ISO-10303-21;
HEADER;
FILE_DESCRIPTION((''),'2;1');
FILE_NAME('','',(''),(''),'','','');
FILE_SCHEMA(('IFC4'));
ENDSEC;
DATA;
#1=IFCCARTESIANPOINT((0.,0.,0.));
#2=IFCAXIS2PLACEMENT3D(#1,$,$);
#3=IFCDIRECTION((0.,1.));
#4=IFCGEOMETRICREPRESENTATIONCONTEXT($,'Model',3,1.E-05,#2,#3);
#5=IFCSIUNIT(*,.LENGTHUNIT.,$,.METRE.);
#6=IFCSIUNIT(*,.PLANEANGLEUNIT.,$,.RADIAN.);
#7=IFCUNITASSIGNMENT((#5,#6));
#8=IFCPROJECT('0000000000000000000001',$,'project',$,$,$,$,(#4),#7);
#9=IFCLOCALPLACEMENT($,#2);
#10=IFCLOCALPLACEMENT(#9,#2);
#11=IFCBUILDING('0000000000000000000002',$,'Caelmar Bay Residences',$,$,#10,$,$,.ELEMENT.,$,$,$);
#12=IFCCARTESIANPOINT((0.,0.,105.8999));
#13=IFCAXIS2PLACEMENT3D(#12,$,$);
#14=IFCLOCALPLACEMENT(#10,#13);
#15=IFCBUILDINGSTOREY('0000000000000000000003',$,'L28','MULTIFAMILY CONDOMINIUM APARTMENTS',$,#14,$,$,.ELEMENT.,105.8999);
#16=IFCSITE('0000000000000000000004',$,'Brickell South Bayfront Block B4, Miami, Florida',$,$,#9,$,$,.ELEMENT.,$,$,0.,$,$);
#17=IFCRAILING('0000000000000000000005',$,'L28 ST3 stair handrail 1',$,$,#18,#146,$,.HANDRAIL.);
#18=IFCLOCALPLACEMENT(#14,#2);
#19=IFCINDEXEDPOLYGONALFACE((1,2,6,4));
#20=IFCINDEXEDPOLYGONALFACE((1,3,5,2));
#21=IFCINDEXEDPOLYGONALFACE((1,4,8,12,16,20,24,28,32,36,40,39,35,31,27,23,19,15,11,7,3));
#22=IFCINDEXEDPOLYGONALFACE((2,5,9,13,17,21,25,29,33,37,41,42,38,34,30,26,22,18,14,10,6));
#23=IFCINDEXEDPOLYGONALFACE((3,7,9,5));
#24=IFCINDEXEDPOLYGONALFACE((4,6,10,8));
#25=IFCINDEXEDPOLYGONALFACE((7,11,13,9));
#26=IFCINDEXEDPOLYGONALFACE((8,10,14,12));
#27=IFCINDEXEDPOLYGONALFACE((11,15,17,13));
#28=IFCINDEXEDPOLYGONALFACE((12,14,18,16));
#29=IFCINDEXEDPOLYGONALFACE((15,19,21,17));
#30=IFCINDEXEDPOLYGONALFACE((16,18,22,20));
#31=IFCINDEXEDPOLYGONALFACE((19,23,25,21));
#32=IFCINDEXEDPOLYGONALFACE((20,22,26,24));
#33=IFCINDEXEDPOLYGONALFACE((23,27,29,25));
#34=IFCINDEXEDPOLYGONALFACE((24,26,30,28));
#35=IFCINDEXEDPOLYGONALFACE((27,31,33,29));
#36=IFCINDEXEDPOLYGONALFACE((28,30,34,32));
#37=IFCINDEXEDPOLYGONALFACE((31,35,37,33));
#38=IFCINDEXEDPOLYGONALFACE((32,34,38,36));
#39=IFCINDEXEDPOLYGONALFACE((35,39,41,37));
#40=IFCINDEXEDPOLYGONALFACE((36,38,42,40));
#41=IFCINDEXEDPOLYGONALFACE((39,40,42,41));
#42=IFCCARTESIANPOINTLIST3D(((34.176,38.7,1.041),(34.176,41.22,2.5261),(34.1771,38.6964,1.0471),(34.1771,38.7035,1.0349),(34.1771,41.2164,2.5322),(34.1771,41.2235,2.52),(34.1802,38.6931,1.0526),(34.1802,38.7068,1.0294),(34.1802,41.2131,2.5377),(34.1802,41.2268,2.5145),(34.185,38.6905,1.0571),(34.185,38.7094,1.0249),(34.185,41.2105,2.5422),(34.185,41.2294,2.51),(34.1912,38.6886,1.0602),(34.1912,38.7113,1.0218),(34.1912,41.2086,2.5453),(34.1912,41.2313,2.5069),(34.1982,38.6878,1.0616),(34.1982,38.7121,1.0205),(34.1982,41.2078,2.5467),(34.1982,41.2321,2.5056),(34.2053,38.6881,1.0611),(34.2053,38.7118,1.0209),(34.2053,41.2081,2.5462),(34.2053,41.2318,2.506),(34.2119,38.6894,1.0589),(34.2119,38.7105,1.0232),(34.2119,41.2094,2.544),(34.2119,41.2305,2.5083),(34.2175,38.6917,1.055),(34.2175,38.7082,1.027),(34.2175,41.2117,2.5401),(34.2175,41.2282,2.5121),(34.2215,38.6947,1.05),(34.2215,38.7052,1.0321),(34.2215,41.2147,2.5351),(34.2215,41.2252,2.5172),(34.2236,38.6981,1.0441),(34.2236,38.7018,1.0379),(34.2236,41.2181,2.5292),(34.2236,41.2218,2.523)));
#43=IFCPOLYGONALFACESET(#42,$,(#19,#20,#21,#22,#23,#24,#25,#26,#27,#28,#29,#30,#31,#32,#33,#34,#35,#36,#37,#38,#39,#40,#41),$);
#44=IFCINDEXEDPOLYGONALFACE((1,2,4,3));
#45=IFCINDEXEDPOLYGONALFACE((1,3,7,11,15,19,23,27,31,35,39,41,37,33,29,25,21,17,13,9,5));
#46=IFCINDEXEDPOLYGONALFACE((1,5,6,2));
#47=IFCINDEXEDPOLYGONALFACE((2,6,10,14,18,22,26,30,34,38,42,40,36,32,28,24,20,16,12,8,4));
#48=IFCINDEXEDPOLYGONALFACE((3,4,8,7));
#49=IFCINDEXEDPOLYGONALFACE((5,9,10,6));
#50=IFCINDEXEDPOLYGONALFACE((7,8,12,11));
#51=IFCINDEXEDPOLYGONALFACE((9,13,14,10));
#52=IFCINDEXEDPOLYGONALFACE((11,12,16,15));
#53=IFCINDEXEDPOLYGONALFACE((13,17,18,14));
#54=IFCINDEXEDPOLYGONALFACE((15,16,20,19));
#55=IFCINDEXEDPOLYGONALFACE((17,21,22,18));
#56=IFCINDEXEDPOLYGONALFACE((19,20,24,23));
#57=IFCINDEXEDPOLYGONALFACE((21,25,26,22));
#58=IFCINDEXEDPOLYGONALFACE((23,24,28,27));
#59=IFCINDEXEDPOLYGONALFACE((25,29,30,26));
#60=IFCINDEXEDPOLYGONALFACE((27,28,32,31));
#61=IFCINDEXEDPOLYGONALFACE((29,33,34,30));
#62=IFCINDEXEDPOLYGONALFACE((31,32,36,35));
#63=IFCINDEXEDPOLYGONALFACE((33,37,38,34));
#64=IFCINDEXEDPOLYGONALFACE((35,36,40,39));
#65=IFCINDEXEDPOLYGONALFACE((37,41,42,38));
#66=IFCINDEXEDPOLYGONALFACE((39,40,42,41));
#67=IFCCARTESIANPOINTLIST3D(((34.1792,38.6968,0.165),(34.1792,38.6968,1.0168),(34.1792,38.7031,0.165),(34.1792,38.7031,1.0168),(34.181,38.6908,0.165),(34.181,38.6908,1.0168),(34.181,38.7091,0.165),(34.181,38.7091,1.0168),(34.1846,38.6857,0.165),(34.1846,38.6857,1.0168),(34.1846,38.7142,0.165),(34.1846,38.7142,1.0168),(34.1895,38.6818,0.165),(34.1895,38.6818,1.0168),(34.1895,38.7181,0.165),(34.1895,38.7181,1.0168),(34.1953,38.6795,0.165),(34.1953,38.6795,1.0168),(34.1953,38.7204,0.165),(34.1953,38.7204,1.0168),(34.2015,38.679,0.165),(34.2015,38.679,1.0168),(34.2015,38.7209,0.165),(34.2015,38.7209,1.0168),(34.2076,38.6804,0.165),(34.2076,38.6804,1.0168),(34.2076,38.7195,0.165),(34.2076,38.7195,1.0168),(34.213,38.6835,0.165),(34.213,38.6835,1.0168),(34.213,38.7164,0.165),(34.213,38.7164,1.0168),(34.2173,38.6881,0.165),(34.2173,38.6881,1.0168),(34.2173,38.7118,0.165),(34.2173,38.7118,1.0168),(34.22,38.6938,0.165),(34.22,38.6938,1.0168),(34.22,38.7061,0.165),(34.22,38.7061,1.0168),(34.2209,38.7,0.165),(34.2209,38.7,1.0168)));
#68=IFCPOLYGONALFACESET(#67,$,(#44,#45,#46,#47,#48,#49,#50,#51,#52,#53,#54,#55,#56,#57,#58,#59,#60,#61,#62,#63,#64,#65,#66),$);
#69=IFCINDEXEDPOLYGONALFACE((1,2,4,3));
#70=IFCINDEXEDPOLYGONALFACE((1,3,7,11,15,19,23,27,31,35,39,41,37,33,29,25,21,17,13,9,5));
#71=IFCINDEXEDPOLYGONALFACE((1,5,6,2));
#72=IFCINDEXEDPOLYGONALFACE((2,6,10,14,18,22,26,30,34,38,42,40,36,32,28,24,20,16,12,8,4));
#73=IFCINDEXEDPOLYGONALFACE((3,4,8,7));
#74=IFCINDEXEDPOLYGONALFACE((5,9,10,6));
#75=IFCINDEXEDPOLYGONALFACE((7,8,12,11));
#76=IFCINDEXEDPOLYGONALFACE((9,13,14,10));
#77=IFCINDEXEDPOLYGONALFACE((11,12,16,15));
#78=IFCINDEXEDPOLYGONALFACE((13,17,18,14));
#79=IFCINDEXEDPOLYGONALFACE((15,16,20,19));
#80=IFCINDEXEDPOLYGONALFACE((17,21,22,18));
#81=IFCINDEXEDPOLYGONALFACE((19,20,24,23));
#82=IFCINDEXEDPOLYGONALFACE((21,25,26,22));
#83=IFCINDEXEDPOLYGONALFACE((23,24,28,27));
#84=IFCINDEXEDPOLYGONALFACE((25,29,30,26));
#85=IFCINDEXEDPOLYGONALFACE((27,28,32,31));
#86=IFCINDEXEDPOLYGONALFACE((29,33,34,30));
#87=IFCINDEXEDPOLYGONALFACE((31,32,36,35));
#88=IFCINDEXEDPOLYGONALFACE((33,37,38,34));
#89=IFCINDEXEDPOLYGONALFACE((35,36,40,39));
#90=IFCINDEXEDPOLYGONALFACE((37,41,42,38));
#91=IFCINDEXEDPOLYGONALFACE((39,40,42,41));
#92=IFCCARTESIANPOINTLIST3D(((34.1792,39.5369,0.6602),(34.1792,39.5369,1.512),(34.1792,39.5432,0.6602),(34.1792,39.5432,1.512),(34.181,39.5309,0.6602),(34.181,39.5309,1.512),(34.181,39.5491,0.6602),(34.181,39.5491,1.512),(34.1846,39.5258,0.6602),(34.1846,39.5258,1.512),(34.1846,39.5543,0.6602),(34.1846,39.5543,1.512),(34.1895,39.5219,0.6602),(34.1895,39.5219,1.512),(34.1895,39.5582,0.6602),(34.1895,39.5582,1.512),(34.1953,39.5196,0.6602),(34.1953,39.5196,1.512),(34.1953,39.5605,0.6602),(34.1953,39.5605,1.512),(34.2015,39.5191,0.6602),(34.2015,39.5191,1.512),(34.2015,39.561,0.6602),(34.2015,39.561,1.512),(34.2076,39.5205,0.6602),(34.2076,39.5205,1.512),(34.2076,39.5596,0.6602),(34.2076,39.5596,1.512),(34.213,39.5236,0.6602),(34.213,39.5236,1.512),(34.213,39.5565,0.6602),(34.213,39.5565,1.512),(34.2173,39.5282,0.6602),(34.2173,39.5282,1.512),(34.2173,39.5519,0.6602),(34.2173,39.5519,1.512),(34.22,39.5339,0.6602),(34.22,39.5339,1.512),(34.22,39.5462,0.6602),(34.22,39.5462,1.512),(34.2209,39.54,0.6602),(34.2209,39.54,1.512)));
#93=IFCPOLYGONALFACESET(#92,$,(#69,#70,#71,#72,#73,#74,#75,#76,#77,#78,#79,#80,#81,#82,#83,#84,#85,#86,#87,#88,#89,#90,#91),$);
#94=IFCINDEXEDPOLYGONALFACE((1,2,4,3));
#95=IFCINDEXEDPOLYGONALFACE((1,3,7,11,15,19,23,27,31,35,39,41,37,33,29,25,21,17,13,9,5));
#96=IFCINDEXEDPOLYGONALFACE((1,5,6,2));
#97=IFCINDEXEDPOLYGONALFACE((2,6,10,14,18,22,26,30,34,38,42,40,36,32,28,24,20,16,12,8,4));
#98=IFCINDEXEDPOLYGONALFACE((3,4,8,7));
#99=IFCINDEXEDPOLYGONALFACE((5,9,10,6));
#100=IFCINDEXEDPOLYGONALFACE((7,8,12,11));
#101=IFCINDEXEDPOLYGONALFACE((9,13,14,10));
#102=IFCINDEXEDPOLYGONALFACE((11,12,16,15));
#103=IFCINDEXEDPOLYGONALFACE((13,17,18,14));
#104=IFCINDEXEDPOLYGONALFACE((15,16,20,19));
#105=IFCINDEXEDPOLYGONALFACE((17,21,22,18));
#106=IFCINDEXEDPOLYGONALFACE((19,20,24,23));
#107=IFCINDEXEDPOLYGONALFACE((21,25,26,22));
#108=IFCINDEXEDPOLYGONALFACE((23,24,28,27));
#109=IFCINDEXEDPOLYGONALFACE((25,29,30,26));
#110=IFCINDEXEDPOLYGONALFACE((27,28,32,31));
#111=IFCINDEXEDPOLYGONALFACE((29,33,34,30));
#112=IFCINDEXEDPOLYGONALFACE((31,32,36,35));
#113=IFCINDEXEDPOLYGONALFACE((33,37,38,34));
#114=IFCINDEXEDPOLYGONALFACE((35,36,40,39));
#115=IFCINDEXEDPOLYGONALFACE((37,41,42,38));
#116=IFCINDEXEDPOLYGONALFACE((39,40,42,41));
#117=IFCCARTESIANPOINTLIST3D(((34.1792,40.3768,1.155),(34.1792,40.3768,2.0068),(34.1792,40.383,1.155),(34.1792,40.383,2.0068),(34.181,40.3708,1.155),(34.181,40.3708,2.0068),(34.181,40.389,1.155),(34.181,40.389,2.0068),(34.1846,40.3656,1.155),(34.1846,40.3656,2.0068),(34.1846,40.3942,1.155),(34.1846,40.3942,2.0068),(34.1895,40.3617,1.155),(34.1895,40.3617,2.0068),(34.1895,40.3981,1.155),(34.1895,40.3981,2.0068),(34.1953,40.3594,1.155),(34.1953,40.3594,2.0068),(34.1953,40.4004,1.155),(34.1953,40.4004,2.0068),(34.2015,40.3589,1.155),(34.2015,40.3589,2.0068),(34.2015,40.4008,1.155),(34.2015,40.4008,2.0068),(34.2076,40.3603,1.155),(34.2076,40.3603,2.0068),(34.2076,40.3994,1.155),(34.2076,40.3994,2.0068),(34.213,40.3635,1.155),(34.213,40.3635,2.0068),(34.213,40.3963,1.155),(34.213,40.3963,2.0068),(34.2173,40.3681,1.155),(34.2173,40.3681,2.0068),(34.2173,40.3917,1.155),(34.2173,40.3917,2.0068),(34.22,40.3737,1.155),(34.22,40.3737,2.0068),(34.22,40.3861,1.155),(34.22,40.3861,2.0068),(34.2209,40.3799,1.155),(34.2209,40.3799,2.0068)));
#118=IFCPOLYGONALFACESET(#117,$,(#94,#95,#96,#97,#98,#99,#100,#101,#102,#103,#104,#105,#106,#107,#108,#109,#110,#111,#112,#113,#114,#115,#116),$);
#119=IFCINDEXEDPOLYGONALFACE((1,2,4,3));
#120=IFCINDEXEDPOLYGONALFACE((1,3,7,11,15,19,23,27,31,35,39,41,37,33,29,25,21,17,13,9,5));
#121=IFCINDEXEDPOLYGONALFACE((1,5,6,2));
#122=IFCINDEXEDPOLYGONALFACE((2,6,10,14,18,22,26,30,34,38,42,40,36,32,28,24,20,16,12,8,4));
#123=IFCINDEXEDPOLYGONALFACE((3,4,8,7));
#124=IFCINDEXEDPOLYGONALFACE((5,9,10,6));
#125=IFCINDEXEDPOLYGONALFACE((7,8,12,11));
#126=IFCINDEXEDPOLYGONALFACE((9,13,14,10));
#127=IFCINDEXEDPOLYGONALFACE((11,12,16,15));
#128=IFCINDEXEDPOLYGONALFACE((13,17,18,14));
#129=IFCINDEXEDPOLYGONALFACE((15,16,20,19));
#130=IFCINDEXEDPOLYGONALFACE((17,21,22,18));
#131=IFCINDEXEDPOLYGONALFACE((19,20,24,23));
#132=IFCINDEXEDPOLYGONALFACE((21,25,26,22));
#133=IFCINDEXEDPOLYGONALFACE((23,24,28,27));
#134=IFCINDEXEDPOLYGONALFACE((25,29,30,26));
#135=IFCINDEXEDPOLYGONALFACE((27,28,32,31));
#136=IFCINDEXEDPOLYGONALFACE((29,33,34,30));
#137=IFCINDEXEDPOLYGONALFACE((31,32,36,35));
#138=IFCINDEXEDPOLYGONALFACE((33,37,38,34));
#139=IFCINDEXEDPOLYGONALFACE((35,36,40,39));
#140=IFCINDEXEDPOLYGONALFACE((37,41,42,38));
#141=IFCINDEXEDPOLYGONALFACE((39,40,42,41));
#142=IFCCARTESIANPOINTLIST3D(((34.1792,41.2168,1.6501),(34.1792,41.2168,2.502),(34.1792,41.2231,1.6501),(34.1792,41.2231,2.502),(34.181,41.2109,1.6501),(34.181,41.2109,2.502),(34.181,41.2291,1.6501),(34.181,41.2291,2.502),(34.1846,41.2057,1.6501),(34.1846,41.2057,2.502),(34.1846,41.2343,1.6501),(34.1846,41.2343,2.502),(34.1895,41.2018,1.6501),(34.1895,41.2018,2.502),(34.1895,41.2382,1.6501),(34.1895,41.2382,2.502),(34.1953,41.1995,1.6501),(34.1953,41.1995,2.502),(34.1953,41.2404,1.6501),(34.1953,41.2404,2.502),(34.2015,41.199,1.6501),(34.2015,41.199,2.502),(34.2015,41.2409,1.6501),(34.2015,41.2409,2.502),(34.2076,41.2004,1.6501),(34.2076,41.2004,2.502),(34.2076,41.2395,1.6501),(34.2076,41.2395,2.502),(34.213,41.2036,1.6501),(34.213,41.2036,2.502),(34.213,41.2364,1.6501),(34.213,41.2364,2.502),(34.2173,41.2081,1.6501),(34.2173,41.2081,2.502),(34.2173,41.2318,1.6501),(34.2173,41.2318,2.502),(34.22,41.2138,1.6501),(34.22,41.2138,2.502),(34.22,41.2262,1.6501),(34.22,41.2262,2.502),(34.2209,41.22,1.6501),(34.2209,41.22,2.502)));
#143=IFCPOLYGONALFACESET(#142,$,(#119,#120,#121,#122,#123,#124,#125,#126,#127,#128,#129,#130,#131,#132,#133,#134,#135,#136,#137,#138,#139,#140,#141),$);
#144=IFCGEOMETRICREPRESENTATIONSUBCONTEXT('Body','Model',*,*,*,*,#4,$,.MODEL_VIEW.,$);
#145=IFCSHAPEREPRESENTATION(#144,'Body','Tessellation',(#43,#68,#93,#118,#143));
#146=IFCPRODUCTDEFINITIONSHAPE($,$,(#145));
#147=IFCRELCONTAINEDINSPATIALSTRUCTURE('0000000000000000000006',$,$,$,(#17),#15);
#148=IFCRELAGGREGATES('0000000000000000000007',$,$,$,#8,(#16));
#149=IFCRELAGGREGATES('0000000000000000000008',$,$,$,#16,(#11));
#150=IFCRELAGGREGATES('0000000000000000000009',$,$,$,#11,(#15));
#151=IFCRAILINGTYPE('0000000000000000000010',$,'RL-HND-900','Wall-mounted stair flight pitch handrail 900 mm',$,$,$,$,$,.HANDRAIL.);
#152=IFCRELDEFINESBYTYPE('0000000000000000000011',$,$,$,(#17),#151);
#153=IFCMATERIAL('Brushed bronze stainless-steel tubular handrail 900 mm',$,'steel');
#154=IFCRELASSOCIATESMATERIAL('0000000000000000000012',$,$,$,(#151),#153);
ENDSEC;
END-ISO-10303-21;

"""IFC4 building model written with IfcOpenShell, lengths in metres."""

from ifc_helpers import new_model, si_unit, direction, frame, origin, origin_2d, place, context, subcontext, project, spatial, circle, extrude, material, type_object, element, save


model = new_model("IFC4")

# Units and contexts
model_context = context("Model", 3, precision=1e-05, world=origin(), true_north=direction((0.0, 1.0)))
body_context = subcontext(model_context, "Body", "Model", "MODEL_VIEW")
ifc_project = project(units=[si_unit("LENGTHUNIT", "METRE"), si_unit("PLANEANGLEUNIT", "RADIAN")], contexts=[model_context])

# Site, building, storey
site_placement = place(None, origin())
site = spatial("IfcSite", under=ifc_project, at=site_placement, Name="Brickell South Bayfront Block B4, Miami, Florida", CompositionType="ELEMENT", RefElevation=0.0)
building_placement = place(site_placement, origin())
building = spatial("IfcBuilding", under=site, at=building_placement, Name="Caelmar Bay Residences", CompositionType="ELEMENT")
storey_placement = place(building_placement, frame((0.0, 0.0, 105.8999)))
storey = spatial("IfcBuildingStorey", under=building, at=storey_placement, Name="L28", Description="MULTIFAMILY CONDOMINIUM APARTMENTS", CompositionType="ELEMENT", Elevation=105.8999)

# Railing
ifc_material_1 = material(Name="Brushed bronze stainless-steel tubular handrail 900 mm", Category="steel")
railing_type_1 = type_object("IfcRailingType", Name="RL-HND-900", Description="Wall-mounted stair flight pitch handrail 900 mm", PredefinedType="HANDRAIL", material=ifc_material_1)
railing_1_placement = place(storey_placement, frame((34.2, 38.7, 0.165)))
element("IfcRailing", 1, at=railing_1_placement, inside=storey, type_object=railing_type_1, Name="L28 ST3 stair handrail 1", PredefinedType="HANDRAIL", context=body_context, shape_type="SweptSolid", body=[
    extrude(circle(Radius=0.0239, at=origin_2d()), frame((0.0, 0.0, 0.876), z_axis=(0.0, 0.861524, 0.507717), x_axis=(-1.0, 0.0, 0.0)), (0.0, 0.0, 1.0), 2.925),
    extrude(circle(Radius=0.021, at=origin_2d()), origin(), (0.0, 0.0, 1.0), 0.8518),
    extrude(circle(Radius=0.021, at=origin_2d()), frame((0.0, 0.8401, 0.4951)), (0.0, 0.0, 1.0), 0.8518),
    extrude(circle(Radius=0.021, at=origin_2d()), frame((0.0, 1.6799, 0.99)), (0.0, 0.0, 1.0), 0.8518),
    extrude(circle(Radius=0.021, at=origin_2d()), frame((0.0, 2.52, 1.4851)), (0.0, 0.0, 1.0), 0.8518),
])

save(model, "model.ifc")
